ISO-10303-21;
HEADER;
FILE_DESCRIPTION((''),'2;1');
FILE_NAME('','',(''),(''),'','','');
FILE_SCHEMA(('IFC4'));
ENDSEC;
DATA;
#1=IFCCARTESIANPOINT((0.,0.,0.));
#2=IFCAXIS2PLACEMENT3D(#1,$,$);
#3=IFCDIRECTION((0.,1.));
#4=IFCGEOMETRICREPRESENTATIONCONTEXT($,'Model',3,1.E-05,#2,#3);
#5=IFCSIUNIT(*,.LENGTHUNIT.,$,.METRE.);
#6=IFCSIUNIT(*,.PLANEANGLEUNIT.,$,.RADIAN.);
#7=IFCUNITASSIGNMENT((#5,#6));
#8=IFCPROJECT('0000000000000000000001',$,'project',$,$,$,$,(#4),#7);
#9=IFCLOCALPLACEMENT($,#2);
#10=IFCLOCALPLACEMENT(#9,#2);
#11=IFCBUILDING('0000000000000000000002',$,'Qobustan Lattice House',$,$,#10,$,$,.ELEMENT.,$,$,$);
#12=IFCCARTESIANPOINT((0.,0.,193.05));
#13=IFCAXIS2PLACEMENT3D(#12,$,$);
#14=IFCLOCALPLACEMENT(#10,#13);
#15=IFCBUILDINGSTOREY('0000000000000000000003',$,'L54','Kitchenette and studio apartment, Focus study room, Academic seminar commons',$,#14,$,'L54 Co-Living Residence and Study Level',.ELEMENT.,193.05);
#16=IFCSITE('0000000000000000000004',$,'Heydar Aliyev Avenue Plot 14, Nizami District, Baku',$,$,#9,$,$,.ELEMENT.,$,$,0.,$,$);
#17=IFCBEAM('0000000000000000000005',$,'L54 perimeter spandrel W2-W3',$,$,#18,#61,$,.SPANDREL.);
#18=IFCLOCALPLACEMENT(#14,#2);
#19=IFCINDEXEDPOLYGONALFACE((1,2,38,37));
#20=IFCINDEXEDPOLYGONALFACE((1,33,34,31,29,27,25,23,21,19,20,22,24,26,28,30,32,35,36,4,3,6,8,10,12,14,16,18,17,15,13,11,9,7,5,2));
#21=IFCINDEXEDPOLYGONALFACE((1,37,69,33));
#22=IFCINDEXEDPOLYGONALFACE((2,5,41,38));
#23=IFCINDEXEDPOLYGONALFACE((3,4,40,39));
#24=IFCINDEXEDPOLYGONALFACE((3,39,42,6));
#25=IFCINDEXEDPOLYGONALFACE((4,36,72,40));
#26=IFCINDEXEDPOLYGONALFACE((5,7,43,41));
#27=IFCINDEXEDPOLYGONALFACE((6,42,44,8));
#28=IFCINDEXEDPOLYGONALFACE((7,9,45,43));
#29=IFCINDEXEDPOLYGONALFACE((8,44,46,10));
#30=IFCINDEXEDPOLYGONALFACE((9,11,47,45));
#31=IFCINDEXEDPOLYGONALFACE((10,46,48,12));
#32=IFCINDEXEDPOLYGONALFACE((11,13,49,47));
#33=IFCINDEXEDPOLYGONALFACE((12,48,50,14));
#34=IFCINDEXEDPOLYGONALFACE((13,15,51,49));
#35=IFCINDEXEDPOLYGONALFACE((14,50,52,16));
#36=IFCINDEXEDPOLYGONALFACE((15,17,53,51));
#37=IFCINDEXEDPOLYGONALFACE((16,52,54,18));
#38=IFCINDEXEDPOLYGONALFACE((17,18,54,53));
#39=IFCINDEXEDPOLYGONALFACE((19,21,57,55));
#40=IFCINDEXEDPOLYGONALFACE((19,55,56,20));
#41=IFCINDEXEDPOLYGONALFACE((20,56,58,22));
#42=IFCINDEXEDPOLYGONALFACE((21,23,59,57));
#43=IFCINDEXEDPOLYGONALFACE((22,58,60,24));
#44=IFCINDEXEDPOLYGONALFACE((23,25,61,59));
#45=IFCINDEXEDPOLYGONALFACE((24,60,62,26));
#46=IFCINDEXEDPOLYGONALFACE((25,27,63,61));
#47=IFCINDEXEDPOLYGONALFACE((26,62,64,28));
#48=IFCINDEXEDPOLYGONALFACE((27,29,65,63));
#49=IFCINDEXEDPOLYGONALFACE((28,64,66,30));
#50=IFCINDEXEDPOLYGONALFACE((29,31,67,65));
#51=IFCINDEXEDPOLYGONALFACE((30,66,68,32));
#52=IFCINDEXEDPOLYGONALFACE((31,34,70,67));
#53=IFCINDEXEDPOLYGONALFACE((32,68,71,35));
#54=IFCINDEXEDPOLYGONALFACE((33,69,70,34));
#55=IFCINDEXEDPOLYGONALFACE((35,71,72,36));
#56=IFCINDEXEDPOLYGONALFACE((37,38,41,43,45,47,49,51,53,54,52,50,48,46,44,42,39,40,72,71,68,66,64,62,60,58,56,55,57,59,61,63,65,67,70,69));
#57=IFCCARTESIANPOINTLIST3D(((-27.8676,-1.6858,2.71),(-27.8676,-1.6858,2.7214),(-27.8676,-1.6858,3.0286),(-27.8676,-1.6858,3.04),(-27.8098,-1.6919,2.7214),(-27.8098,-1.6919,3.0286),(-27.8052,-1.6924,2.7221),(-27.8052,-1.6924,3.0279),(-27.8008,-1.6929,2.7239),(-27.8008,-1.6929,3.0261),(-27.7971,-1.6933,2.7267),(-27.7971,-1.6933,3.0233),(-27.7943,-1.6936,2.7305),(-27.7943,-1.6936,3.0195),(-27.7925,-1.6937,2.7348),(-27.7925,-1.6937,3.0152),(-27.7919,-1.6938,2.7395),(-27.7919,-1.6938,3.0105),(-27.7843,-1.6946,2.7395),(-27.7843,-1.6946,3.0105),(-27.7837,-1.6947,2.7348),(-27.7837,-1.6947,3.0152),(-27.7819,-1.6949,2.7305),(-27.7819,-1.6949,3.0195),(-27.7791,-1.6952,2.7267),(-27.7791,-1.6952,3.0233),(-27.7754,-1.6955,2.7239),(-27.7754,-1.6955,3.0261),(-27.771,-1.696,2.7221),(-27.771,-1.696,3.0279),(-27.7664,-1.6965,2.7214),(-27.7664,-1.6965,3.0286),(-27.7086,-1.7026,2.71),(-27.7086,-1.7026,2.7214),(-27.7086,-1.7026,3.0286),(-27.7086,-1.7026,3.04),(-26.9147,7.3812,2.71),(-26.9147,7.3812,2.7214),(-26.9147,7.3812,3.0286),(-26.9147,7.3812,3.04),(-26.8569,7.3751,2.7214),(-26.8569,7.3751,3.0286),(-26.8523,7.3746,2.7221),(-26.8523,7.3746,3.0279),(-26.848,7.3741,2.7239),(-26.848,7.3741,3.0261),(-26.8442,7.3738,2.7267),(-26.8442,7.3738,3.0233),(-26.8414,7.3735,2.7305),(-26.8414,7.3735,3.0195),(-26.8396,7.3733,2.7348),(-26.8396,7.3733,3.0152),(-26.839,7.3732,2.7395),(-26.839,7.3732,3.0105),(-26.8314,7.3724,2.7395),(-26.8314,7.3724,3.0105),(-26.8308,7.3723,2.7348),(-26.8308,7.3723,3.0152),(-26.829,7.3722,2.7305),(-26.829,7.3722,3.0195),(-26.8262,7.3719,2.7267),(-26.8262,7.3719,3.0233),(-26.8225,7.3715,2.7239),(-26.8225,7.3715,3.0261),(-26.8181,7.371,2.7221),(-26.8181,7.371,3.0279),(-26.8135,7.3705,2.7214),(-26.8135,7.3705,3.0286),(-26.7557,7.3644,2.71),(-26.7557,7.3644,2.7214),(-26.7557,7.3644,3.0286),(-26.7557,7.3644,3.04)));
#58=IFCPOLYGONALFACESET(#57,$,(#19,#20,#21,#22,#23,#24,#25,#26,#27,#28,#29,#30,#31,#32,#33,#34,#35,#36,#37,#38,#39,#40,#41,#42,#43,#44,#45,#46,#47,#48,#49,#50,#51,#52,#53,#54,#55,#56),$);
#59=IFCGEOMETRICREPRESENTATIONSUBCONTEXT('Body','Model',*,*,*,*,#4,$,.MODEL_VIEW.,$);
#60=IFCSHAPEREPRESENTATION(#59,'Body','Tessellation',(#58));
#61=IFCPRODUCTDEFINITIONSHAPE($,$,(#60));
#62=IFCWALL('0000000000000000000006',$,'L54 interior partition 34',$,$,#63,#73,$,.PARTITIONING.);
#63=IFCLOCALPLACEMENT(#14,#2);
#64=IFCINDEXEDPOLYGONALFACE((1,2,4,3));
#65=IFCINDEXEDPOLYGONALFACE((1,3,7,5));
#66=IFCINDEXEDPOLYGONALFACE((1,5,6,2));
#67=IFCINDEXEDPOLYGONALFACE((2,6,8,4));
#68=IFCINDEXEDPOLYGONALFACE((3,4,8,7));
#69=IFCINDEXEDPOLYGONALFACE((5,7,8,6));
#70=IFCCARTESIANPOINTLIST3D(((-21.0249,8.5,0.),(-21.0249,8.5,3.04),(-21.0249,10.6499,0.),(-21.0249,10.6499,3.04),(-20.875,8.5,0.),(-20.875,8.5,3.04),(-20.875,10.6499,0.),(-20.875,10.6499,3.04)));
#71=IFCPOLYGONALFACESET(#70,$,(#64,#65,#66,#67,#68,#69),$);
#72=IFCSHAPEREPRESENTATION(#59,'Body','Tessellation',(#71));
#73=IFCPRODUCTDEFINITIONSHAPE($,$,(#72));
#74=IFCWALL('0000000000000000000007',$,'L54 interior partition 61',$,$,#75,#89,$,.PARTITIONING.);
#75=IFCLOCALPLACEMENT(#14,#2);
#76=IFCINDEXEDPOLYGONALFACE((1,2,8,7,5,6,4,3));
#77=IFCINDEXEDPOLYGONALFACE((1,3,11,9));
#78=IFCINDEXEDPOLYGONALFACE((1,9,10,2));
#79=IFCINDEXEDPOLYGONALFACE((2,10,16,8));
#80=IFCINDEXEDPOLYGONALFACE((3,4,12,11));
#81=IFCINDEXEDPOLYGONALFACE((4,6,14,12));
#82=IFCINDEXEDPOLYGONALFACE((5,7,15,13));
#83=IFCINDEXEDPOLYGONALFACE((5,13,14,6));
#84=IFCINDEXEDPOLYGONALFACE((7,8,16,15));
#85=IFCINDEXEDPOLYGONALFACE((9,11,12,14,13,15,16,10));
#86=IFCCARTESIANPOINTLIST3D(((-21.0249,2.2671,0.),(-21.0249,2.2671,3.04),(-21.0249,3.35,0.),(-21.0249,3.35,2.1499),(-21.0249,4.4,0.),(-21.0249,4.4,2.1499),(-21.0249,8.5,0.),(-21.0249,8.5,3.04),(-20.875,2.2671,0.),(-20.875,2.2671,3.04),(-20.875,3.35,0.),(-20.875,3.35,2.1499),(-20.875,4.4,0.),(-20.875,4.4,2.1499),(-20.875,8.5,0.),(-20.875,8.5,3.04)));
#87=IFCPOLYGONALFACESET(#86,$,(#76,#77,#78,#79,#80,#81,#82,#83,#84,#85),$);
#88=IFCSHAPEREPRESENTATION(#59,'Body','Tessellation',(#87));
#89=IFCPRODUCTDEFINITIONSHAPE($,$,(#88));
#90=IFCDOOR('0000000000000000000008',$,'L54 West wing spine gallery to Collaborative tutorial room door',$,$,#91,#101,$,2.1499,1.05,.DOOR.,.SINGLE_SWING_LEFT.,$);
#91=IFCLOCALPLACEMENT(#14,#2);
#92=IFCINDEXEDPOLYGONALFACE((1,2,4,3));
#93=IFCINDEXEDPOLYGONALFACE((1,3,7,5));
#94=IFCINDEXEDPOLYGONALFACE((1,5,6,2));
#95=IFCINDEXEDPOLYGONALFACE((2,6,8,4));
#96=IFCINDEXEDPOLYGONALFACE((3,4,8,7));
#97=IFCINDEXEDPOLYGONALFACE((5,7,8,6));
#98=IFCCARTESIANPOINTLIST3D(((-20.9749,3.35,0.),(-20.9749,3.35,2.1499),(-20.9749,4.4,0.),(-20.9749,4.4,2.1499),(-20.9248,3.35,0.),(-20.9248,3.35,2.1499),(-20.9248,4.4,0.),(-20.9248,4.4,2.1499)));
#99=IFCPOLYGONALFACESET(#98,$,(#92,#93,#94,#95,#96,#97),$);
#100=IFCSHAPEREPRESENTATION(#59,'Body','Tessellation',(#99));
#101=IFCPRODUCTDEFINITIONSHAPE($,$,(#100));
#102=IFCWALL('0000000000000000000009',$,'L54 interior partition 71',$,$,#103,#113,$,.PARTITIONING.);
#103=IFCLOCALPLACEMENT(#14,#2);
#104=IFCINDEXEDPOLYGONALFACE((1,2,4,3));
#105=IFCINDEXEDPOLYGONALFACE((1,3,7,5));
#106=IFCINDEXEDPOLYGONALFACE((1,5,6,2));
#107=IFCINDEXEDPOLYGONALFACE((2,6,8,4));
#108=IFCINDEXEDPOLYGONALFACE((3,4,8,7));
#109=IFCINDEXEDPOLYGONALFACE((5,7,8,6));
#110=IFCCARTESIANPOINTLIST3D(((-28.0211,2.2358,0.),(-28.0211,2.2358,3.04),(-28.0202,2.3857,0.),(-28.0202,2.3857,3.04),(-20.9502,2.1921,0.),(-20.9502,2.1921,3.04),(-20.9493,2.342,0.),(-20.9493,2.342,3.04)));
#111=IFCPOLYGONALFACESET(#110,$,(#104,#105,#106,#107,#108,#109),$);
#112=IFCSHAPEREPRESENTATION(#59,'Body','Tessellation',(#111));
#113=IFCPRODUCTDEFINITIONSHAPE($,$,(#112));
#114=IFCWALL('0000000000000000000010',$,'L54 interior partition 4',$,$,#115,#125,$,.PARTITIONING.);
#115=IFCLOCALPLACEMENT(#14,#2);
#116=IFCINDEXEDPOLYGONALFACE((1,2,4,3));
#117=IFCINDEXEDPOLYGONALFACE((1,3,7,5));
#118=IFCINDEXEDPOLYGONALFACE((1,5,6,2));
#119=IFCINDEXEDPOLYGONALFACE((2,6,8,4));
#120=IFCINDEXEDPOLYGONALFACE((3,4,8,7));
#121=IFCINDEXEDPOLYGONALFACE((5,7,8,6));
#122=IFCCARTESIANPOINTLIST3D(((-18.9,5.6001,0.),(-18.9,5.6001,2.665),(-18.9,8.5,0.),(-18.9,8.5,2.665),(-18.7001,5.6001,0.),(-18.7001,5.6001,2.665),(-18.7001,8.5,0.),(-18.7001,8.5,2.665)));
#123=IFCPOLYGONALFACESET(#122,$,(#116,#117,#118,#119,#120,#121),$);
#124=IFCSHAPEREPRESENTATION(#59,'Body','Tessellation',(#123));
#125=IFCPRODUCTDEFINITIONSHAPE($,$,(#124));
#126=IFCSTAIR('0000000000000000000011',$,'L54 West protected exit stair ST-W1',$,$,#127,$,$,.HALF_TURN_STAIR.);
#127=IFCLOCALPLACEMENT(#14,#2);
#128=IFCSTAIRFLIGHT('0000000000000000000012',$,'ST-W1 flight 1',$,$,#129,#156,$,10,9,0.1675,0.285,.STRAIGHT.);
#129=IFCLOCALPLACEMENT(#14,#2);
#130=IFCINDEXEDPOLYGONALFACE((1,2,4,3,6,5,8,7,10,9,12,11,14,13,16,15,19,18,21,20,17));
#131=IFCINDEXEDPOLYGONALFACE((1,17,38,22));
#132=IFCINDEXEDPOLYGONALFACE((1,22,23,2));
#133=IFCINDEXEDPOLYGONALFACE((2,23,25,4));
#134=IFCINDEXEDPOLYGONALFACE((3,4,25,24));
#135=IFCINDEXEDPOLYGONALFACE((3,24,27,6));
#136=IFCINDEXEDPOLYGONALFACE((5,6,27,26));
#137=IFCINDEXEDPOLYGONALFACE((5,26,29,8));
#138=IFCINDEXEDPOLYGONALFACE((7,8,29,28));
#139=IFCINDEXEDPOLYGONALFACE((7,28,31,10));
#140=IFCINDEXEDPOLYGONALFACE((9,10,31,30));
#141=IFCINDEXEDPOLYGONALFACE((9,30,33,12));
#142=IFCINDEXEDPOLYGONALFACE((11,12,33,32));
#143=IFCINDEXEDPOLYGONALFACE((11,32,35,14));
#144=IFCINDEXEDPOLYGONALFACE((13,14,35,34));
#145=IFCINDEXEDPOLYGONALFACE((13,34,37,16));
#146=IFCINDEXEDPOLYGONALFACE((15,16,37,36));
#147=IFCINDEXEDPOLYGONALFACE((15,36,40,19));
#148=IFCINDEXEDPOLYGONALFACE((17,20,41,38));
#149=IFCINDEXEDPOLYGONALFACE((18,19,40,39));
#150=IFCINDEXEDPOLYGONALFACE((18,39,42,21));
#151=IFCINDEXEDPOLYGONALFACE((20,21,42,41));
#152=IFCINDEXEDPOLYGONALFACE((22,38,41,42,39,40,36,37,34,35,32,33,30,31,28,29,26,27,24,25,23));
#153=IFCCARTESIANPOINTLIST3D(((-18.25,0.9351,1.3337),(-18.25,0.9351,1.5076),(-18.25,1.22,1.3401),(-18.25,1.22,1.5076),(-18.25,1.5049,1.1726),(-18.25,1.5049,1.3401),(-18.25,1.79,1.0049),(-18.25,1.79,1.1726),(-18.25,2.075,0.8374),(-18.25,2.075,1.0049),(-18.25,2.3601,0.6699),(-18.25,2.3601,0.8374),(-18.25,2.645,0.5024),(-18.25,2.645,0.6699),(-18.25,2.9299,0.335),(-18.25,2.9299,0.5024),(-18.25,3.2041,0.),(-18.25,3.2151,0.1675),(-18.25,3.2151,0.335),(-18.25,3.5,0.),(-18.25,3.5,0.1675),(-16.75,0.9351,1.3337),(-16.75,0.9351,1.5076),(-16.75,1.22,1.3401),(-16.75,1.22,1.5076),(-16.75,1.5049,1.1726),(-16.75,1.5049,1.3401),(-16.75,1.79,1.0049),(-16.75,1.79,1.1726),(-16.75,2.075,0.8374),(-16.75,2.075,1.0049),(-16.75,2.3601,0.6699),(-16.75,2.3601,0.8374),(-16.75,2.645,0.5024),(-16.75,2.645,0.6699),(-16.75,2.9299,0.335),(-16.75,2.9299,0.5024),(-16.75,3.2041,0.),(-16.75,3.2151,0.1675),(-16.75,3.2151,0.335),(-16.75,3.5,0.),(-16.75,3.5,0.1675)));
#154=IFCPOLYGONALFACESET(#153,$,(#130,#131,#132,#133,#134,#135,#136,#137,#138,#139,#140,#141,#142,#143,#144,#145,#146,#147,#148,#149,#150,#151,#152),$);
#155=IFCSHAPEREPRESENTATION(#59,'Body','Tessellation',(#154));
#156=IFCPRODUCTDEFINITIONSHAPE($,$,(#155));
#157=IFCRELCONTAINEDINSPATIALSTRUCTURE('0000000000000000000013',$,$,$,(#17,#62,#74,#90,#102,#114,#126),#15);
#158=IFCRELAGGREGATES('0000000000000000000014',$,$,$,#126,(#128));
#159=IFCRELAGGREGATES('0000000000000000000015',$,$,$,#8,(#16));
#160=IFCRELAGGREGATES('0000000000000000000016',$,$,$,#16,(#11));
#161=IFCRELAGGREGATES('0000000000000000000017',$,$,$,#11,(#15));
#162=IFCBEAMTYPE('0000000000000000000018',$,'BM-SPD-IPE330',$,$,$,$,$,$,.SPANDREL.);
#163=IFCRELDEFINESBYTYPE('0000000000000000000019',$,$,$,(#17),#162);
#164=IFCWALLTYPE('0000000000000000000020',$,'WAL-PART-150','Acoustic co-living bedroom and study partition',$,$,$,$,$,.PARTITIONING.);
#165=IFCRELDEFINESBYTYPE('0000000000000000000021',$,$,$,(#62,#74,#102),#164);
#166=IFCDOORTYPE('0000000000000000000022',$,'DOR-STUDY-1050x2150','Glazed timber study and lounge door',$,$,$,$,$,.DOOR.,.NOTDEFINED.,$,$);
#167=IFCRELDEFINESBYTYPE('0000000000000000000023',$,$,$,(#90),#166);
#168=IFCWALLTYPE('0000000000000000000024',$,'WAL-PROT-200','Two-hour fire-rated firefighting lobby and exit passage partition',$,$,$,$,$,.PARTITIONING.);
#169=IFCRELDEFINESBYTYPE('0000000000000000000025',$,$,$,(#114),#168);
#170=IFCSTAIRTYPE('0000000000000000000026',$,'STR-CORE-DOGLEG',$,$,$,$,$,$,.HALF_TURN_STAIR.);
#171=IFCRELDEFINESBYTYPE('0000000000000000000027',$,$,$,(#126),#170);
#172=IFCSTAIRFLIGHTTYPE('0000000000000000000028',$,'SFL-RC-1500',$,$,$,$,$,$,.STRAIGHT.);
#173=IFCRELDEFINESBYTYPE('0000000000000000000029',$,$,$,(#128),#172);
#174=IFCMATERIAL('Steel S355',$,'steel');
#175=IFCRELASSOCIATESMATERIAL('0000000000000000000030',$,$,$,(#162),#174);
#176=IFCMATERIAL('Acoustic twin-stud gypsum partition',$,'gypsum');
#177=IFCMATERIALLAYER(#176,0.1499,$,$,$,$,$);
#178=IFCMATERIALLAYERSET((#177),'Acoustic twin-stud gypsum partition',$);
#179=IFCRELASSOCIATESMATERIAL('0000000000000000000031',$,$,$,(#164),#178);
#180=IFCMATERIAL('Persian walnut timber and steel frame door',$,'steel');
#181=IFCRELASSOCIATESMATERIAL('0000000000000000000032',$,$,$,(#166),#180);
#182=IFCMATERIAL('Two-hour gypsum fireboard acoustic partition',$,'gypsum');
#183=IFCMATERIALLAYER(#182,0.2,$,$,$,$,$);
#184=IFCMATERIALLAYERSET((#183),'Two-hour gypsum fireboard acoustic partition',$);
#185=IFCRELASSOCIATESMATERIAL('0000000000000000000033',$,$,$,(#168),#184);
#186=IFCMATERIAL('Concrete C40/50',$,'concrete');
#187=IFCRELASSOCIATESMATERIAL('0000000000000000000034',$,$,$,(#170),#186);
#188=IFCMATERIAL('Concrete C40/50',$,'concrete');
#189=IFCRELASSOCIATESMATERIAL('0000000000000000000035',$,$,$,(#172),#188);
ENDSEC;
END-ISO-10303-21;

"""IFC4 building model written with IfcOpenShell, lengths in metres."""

from ifc_helpers import new_model, si_unit, direction, frame, frame_2d, origin, origin_2d, place, context, subcontext, project, spatial, polyline, rectangle, i_section, outline, extrude, material, layer, layer_set, material_profile, profile_set, type_object, element, fill, aggregate, save


model = new_model("IFC4")

# Units and contexts
model_context = context("Model", 3, precision=1e-05, world=origin(), true_north=direction((0.0, 1.0)))
body_context = subcontext(model_context, "Body", "Model", "MODEL_VIEW")
ifc_project = project(units=[si_unit("LENGTHUNIT", "METRE"), si_unit("PLANEANGLEUNIT", "RADIAN")], contexts=[model_context])

# Site, building, storey
site_placement = place(None, origin())
site = spatial("IfcSite", under=ifc_project, at=site_placement, Name="Heydar Aliyev Avenue Plot 14, Nizami District, Baku", CompositionType="ELEMENT", RefElevation=0.0)
building_placement = place(site_placement, origin())
building = spatial("IfcBuilding", under=site, at=building_placement, Name="Qobustan Lattice House", CompositionType="ELEMENT")
storey_placement = place(building_placement, frame((0.0, 0.0, 193.05)))
storey = spatial("IfcBuildingStorey", under=building, at=storey_placement, Name="L54", Description="Kitchenette and studio apartment, Focus study room, Academic seminar commons", LongName="L54 Co-Living Residence and Study Level", CompositionType="ELEMENT", Elevation=193.05)

# Beam
ifc_material_1 = material(Name="Steel S355", Category="steel")
ifc_material_profile_1 = material_profile(ifc_material_1, i_section(OverallWidth=0.1599, OverallDepth=0.3301, WebThickness=0.0076, FlangeThickness=0.0115, FilletRadius=0.0181, at=origin_2d()), Name="IPE330")
ifc_profile_set_1 = profile_set([ifc_material_profile_1], Name="Steel S355")
beam_type_1 = type_object("IfcBeamType", Name="BM-SPD-IPE330", PredefinedType="SPANDREL", material=ifc_profile_set_1)
beam_1_placement = place(storey_placement, frame((-26.8352, 7.3728, 2.875), z_axis=(-0.104519, -0.994523, 0.0), x_axis=(0.994523, -0.104519, 0.0)))
element("IfcBeam", 1, at=beam_1_placement, inside=storey, type_object=beam_type_1, Name="L54 perimeter spandrel W2-W3", PredefinedType="SPANDREL", context=body_context, shape_type="SweptSolid", body=[
    extrude(i_section(OverallWidth=0.1599, OverallDepth=0.3301, WebThickness=0.0076, FlangeThickness=0.0115, FilletRadius=0.0181, at=origin_2d()), origin(), (0.0, 0.0, 1.0), 9.1169),
])

# Wall
ifc_material_2 = material(Name="Acoustic twin-stud gypsum partition", Category="gypsum")
ifc_layer_1 = layer(ifc_material_2, 0.1499)
ifc_layer_set_1 = layer_set([ifc_layer_1], Name="Acoustic twin-stud gypsum partition")
wall_type_1 = type_object("IfcWallType", Name="WAL-PART-150", Description="Acoustic co-living bedroom and study partition", PredefinedType="PARTITIONING", material=ifc_layer_set_1)
wall_1_placement = place(storey_placement, frame((-20.95, 8.5, 0.0), z_axis=(0.0, 0.0, 1.0), x_axis=(0.0, 1.0, 0.0)))
element("IfcWall", 2, at=wall_1_placement, inside=storey, type_object=wall_type_1, Name="L54 interior partition 34", PredefinedType="PARTITIONING", context=body_context, shape_type="SweptSolid", body=[
    extrude(rectangle(XDim=2.1499, YDim=0.1499, at=frame_2d((1.075, 0.0))), origin(), (0.0, 0.0, 1.0), 3.04),
])

# Wall, opening, door
ifc_material_3 = material(Name="Persian walnut timber and steel frame door", Category="steel")
door_type_1 = type_object("IfcDoorType", Name="DOR-STUDY-1050x2150", Description="Glazed timber study and lounge door", OperationType="NOTDEFINED", PredefinedType="DOOR", material=ifc_material_3)
wall_2_placement = place(storey_placement, frame((-20.95, 2.2671, 0.0), z_axis=(0.0, 0.0, 1.0), x_axis=(0.0, 1.0, 0.0)))
wall_2 = element("IfcWall", 3, at=wall_2_placement, inside=storey, type_object=wall_type_1, Name="L54 interior partition 61", PredefinedType="PARTITIONING", context=body_context, shape_type="SweptSolid", body=[
    extrude(rectangle(XDim=6.2329, YDim=0.1499, at=frame_2d((3.1165, 0.0))), origin(), (0.0, 0.0, 1.0), 3.04),
])
opening_1_placement = place(wall_2_placement, frame((1.083, 0.0, 0.0)))
opening_1 = element("IfcOpeningElement", 4, at=opening_1_placement, cuts=wall_2, PredefinedType="OPENING", context=body_context, shape_type="SweptSolid", body=[
    extrude(rectangle(XDim=1.05, YDim=2.1499, at=frame_2d((0.5249, 1.075))), frame((0.0, 0.085, 0.0), z_axis=(0.0, -1.0, 0.0), x_axis=(1.0, 0.0, 0.0)), (0.0, 0.0, 1.0), 0.1699),
])
door_1_placement = place(opening_1_placement, origin())
door_1 = element("IfcDoor", 5, at=door_1_placement, inside=storey, type_object=door_type_1, Name="L54 West wing spine gallery to Collaborative tutorial room door", OperationType="SINGLE_SWING_LEFT", OverallHeight=2.1499, OverallWidth=1.05, PredefinedType="DOOR", context=body_context, shape_type="SweptSolid", body=[
    extrude(rectangle(XDim=1.05, YDim=2.1499, at=frame_2d((0.5249, 1.075))), frame((0.0, 0.0249, 0.0), z_axis=(0.0, -1.0, 0.0), x_axis=(1.0, 0.0, 0.0)), (0.0, 0.0, 1.0), 0.05),
])
fill(opening_1, door_1)

# Walls
wall_3_placement = place(storey_placement, frame((-28.0208, 2.3108, 0.0), z_axis=(0.0, 0.0, 1.0), x_axis=(0.999981, -0.00618, 0.0)))
element("IfcWall", 6, at=wall_3_placement, inside=storey, type_object=wall_type_1, Name="L54 interior partition 71", PredefinedType="PARTITIONING", context=body_context, shape_type="SweptSolid", body=[
    extrude(rectangle(XDim=7.071, YDim=0.1499, at=frame_2d((3.5356, 0.0))), origin(), (0.0, 0.0, 1.0), 3.04),
])
ifc_material_4 = material(Name="Two-hour gypsum fireboard acoustic partition", Category="gypsum")
ifc_layer_2 = layer(ifc_material_4, 0.2)
ifc_layer_set_2 = layer_set([ifc_layer_2], Name="Two-hour gypsum fireboard acoustic partition")
wall_type_2 = type_object("IfcWallType", Name="WAL-PROT-200", Description="Two-hour fire-rated firefighting lobby and exit passage partition", PredefinedType="PARTITIONING", material=ifc_layer_set_2)
wall_4_placement = place(storey_placement, frame((-18.8, 8.5, 0.0), z_axis=(0.0, 0.0, 1.0), x_axis=(0.0, -1.0, 0.0)))
element("IfcWall", 7, at=wall_4_placement, inside=storey, type_object=wall_type_2, Name="L54 interior partition 4", PredefinedType="PARTITIONING", context=body_context, shape_type="SweptSolid", body=[
    extrude(rectangle(XDim=2.8999, YDim=0.2, at=frame_2d((1.45, 0.0))), origin(), (0.0, 0.0, 1.0), 2.665),
])

# Stair, stair flight
ifc_material_5 = material(Name="Concrete C40/50", Category="concrete")
stair_type = type_object("IfcStairType", Name="STR-CORE-DOGLEG", PredefinedType="HALF_TURN_STAIR", material=ifc_material_5)
stair_placement = place(storey_placement, origin())
stair = element("IfcStair", 8, at=stair_placement, inside=storey, type_object=stair_type, Name="L54 West protected exit stair ST-W1", PredefinedType="HALF_TURN_STAIR")
ifc_material_6 = material(Name="Concrete C40/50", Category="concrete")
stair_flight_type = type_object("IfcStairFlightType", Name="SFL-RC-1500", PredefinedType="STRAIGHT", material=ifc_material_6)
stair_flight_placement = place(storey_placement, frame((-17.5, 3.5, 0.0), z_axis=(0.0, 0.0, 1.0), x_axis=(0.0, -1.0, 0.0)))
stair_flight = element("IfcStairFlight", 9, at=stair_flight_placement, type_object=stair_flight_type, Name="ST-W1 flight 1", NumberOfRisers=10, NumberOfTreads=9, PredefinedType="STRAIGHT", RiserHeight=0.1675, TreadLength=0.285, context=body_context, shape_type="SweptSolid", body=[
    extrude(outline(polyline([(0.0, 0.0), (0.0, 0.1675), (0.2849, 0.1675), (0.2849, 0.335), (0.5701, 0.335), (0.5701, 0.5024), (0.855, 0.5024), (0.855, 0.6699), (1.1399, 0.6699), (1.1399, 0.8374), (1.425, 0.8374), (1.425, 1.0049), (1.71, 1.0049), (1.71, 1.1726), (1.9951, 1.1726), (1.9951, 1.3401), (2.28, 1.3401), (2.28, 1.5076), (2.5649, 1.5076), (2.5649, 1.675), (2.5649, 1.3337), (0.2959, 0.0), (0.0, 0.0)])), frame((0.0, 0.75, 0.0), z_axis=(0.0, -1.0, 0.0), x_axis=(1.0, 0.0, 0.0)), (0.0, 0.0, 1.0), 1.5),
])
aggregate(stair, [stair_flight])

save(model, "model.ifc")
